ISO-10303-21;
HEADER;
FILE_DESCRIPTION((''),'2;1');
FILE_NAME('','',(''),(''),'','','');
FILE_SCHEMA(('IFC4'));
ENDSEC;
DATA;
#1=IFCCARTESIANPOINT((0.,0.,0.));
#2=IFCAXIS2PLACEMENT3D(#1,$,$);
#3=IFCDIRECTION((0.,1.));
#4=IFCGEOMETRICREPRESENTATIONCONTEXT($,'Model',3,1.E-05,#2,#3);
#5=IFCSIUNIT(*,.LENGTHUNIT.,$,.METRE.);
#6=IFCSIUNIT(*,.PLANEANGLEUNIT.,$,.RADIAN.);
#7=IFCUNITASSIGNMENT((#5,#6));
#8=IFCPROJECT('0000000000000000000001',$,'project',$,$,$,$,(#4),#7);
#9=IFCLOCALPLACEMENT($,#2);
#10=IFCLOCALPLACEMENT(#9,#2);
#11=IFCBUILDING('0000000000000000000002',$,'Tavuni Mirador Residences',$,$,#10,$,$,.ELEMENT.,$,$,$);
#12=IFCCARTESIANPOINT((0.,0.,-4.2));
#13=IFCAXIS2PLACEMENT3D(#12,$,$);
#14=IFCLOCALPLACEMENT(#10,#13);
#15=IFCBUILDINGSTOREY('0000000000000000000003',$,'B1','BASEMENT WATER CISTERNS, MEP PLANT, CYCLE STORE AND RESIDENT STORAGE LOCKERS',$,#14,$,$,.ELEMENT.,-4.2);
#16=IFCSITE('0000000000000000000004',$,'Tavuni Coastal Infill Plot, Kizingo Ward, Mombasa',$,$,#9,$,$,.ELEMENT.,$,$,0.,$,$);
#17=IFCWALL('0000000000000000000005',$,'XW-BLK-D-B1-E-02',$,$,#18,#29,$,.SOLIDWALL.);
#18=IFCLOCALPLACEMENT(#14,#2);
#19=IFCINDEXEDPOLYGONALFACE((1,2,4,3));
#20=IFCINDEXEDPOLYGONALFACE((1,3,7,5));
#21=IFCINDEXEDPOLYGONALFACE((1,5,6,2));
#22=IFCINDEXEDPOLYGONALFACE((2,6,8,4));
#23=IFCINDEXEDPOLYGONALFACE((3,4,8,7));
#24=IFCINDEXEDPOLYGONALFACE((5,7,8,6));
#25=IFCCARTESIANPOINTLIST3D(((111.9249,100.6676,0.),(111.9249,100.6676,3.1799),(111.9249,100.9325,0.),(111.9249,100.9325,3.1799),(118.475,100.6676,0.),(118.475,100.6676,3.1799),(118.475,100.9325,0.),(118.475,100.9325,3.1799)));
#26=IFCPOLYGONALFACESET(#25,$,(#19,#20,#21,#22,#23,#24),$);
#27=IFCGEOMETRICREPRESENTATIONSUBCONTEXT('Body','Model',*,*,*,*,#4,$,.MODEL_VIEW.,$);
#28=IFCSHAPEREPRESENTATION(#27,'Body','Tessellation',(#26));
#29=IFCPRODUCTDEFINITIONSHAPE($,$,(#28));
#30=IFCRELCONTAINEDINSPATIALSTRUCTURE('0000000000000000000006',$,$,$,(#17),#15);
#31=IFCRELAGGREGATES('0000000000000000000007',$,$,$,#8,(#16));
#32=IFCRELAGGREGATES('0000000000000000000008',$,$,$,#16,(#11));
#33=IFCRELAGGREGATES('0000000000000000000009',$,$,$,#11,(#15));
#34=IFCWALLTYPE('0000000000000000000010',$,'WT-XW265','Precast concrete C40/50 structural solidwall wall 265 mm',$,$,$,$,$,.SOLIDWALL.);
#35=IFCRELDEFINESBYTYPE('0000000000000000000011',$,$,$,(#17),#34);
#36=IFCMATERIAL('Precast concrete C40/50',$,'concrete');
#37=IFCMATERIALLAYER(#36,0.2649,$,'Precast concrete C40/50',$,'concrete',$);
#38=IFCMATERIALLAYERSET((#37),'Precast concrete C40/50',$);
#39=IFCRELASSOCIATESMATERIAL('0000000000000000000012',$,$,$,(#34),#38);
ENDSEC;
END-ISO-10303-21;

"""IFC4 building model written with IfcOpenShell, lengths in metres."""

from ifc_helpers import new_model, si_unit, direction, frame, frame_2d, origin, place, context, subcontext, project, spatial, rectangle, extrude, material, layer, layer_set, type_object, element, save


model = new_model("IFC4")

# Units and contexts
model_context = context("Model", 3, precision=1e-05, world=origin(), true_north=direction((0.0, 1.0)))
body_context = subcontext(model_context, "Body", "Model", "MODEL_VIEW")
ifc_project = project(units=[si_unit("LENGTHUNIT", "METRE"), si_unit("PLANEANGLEUNIT", "RADIAN")], contexts=[model_context])

# Site, building, storey
site_placement = place(None, origin())
site = spatial("IfcSite", under=ifc_project, at=site_placement, Name="Tavuni Coastal Infill Plot, Kizingo Ward, Mombasa", CompositionType="ELEMENT", RefElevation=0.0)
building_placement = place(site_placement, origin())
building = spatial("IfcBuilding", under=site, at=building_placement, Name="Tavuni Mirador Residences", CompositionType="ELEMENT")
storey_placement = place(building_placement, frame((0.0, 0.0, -4.2)))
storey = spatial("IfcBuildingStorey", under=building, at=storey_placement, Name="B1", Description="BASEMENT WATER CISTERNS, MEP PLANT, CYCLE STORE AND RESIDENT STORAGE LOCKERS", CompositionType="ELEMENT", Elevation=-4.2)

# Shared definitions
ifc_material_1 = material(Name="Precast concrete C40/50", Category="concrete")

# Wall
ifc_layer_1 = layer(ifc_material_1, 0.2649, Name="Precast concrete C40/50", Category="concrete")
ifc_layer_set_1 = layer_set([ifc_layer_1], Name="Precast concrete C40/50")
wall_type_1 = type_object("IfcWallType", Name="WT-XW265", Description="Precast concrete C40/50 structural solidwall wall 265 mm", PredefinedType="SOLIDWALL", material=ifc_layer_set_1)
wall_1_placement = place(storey_placement, frame((111.925, 100.8, 0.0), z_axis=(0.0, 0.0, 1.0), x_axis=(1.0, 0.0, 0.0)))
element("IfcWall", 1, at=wall_1_placement, inside=storey, type_object=wall_type_1, Name="XW-BLK-D-B1-E-02", PredefinedType="SOLIDWALL", context=body_context, shape_type="SweptSolid", body=[
    extrude(rectangle(XDim=6.55, YDim=0.2649, at=frame_2d((3.2749, 0.0))), origin(), (0.0, 0.0, 1.0), 3.1799),
])

save(model, "model.ifc")
